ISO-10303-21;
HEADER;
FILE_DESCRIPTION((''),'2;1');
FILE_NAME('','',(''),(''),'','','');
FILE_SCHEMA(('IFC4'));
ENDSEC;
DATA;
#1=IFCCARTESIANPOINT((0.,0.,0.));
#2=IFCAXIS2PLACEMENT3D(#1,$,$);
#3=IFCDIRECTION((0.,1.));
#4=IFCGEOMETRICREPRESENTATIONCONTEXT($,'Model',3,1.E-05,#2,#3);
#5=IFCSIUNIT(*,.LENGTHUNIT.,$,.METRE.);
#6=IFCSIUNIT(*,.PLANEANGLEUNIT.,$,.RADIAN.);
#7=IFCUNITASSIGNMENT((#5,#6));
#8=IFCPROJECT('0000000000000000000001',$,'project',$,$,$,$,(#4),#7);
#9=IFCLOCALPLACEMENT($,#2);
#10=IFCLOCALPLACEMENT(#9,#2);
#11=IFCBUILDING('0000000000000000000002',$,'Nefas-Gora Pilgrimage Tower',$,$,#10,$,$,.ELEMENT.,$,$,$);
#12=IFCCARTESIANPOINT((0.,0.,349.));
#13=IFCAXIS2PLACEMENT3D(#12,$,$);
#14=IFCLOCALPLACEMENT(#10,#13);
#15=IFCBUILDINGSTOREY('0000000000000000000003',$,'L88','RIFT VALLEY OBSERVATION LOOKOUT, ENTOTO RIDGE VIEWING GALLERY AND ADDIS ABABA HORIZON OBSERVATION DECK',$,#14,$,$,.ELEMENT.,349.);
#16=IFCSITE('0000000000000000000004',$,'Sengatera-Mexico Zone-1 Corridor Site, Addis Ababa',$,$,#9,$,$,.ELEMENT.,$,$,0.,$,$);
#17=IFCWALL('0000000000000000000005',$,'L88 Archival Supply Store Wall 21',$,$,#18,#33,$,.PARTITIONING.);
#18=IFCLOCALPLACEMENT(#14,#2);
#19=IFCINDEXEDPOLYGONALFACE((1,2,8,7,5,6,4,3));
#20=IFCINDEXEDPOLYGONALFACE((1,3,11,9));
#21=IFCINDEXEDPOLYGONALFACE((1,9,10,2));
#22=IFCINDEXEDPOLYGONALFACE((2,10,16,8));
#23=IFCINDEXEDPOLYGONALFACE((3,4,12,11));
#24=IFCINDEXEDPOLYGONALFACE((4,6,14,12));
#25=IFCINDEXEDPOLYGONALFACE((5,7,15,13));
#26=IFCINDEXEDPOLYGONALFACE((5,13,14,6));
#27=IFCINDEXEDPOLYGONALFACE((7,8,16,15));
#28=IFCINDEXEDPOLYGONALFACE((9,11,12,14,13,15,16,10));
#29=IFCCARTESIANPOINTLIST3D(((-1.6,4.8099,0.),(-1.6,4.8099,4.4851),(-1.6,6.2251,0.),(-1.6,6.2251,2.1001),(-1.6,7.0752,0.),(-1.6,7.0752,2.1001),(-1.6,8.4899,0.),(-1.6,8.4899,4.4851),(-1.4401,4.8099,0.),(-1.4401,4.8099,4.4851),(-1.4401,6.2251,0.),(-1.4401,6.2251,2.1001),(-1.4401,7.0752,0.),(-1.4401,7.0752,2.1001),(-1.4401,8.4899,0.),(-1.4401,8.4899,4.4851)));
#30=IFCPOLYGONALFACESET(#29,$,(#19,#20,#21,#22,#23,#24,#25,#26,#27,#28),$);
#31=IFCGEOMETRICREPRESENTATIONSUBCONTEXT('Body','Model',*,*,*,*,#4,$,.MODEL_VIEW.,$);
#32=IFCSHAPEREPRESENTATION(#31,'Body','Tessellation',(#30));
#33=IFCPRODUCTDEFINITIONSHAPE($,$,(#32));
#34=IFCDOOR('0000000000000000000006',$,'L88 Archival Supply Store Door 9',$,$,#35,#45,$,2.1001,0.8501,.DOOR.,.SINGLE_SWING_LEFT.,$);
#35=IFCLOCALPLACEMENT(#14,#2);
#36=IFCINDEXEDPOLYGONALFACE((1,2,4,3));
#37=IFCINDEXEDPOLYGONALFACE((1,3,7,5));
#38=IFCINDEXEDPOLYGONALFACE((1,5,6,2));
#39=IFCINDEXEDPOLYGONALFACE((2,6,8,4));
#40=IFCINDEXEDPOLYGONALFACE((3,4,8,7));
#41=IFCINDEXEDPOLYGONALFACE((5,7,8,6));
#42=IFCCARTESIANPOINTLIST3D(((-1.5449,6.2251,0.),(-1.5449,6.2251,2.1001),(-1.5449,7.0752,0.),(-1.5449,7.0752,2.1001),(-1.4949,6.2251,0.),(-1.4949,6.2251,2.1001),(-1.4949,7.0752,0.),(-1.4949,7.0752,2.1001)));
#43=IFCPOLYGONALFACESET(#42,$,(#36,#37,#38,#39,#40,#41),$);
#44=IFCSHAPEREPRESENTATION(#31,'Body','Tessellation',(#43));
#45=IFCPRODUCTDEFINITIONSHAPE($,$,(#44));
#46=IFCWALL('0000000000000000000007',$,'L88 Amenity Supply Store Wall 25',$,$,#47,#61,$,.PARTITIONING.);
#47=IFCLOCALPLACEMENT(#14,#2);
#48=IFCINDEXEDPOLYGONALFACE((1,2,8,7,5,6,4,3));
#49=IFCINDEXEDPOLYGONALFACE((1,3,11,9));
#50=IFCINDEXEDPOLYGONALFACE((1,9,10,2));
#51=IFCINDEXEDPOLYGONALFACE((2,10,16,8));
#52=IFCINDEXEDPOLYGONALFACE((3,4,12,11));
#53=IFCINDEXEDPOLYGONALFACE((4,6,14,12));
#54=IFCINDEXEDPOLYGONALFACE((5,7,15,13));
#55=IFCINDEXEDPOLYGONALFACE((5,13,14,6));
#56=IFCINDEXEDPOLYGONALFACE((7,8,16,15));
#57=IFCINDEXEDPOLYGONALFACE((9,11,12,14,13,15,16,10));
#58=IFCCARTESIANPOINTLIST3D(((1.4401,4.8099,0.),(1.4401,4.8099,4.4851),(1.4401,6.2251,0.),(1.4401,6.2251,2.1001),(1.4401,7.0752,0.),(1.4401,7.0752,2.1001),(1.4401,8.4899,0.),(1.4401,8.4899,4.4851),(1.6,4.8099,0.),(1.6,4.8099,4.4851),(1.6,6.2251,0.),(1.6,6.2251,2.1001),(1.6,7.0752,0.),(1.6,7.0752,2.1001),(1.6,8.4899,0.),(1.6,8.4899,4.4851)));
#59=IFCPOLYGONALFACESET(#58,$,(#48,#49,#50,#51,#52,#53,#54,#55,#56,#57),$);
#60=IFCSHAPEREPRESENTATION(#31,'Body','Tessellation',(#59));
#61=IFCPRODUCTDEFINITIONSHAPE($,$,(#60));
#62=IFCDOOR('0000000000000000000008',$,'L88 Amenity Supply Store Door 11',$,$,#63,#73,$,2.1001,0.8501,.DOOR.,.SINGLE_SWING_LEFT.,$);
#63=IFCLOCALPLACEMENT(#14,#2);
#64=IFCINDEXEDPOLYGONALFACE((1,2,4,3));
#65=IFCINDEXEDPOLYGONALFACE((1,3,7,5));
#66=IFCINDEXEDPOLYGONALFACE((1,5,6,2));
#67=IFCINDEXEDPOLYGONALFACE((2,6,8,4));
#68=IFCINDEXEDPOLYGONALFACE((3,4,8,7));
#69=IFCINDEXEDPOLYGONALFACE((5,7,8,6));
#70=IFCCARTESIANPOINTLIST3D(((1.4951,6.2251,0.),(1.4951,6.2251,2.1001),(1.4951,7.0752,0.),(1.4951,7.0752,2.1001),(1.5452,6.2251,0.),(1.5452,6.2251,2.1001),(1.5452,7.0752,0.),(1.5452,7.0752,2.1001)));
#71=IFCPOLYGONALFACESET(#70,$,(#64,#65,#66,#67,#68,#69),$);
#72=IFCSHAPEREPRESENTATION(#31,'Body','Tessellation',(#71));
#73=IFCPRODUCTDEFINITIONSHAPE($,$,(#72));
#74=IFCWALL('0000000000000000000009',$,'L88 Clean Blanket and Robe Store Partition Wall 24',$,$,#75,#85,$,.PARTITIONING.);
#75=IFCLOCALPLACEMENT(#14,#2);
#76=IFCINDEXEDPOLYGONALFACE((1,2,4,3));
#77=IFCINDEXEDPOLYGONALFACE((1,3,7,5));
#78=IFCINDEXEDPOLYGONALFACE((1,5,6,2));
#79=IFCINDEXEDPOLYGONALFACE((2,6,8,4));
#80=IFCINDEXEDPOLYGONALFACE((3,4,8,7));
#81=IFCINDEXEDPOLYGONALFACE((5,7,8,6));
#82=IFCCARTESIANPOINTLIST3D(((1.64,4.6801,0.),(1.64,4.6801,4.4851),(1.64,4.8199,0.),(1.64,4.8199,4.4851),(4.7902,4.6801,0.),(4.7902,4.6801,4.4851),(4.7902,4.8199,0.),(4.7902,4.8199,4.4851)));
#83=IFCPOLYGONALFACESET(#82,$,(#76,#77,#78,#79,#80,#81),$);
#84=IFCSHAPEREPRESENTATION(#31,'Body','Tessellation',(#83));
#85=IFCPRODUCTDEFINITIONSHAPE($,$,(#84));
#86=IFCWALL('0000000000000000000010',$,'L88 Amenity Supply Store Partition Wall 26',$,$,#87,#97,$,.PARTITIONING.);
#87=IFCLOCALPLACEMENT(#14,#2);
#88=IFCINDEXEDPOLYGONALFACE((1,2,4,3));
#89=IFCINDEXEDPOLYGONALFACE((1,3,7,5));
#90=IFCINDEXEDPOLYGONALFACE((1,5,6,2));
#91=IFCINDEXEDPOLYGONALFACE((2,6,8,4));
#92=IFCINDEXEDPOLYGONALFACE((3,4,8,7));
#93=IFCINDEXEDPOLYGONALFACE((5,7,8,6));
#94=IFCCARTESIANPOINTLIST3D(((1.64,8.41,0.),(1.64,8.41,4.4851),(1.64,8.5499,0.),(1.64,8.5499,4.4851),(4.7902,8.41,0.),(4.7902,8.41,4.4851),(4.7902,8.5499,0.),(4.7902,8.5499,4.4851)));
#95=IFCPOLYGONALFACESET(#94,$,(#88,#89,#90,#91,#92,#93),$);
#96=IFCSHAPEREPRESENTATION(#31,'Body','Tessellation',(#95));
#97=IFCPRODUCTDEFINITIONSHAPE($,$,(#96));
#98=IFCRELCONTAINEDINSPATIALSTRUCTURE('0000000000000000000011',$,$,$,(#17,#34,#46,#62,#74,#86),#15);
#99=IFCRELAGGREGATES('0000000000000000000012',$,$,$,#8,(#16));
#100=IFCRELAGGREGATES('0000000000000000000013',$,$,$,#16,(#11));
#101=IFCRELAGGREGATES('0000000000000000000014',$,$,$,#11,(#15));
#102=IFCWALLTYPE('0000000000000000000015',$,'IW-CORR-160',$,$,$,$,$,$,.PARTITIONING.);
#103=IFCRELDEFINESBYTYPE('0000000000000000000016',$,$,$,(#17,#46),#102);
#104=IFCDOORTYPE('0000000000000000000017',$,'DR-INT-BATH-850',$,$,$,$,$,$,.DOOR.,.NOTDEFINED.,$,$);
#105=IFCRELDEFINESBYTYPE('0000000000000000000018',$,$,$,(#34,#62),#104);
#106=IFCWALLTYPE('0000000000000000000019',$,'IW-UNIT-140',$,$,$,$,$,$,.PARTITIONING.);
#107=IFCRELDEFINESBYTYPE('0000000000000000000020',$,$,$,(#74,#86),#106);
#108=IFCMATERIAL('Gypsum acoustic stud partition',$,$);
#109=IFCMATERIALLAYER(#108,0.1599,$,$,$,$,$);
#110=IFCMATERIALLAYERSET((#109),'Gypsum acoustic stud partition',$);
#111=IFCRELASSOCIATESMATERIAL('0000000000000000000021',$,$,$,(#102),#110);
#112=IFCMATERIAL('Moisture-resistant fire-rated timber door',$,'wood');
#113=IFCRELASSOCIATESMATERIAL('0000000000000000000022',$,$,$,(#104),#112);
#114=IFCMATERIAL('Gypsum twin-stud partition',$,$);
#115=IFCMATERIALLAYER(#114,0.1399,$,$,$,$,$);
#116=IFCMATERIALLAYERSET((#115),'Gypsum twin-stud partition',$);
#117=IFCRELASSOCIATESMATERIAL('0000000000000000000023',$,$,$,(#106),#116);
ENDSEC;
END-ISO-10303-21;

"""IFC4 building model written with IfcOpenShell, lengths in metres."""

from ifc_helpers import new_model, si_unit, direction, frame, frame_2d, origin, place, context, subcontext, project, spatial, rectangle, extrude, source, transform, mapped, material, layer, layer_set, type_object, element, fill, save


model = new_model("IFC4")

# Units and contexts
model_context = context("Model", 3, precision=1e-05, world=origin(), true_north=direction((0.0, 1.0)))
body_context = subcontext(model_context, "Body", "Model", "MODEL_VIEW")
ifc_project = project(units=[si_unit("LENGTHUNIT", "METRE"), si_unit("PLANEANGLEUNIT", "RADIAN")], contexts=[model_context])

# Site, building, storey
site_placement = place(None, origin())
site = spatial("IfcSite", under=ifc_project, at=site_placement, Name="Sengatera-Mexico Zone-1 Corridor Site, Addis Ababa", CompositionType="ELEMENT", RefElevation=0.0)
building_placement = place(site_placement, origin())
building = spatial("IfcBuilding", under=site, at=building_placement, Name="Nefas-Gora Pilgrimage Tower", CompositionType="ELEMENT")
storey_placement = place(building_placement, frame((0.0, 0.0, 349.0)))
storey = spatial("IfcBuildingStorey", under=building, at=storey_placement, Name="L88", Description="RIFT VALLEY OBSERVATION LOOKOUT, ENTOTO RIDGE VIEWING GALLERY AND ADDIS ABABA HORIZON OBSERVATION DECK", CompositionType="ELEMENT", Elevation=349.0)

# Walls, openings, doors
ifc_material_1 = material(Name="Gypsum acoustic stud partition")
ifc_layer_1 = layer(ifc_material_1, 0.1599)
ifc_layer_set_1 = layer_set([ifc_layer_1], Name="Gypsum acoustic stud partition")
wall_type_1 = type_object("IfcWallType", Name="IW-CORR-160", PredefinedType="PARTITIONING", material=ifc_layer_set_1)
shared_shape_1 = source(origin(), body_context, "Body", "SweptSolid", [
    extrude(rectangle(XDim=3.6799, YDim=0.1599, at=frame_2d((1.8398, 0.0))), origin(), (0.0, 0.0, 1.0), 4.4851),
])
wall_1_placement = place(storey_placement, frame((-1.52, 4.8101, 0.0), z_axis=(0.0, 0.0, 1.0), x_axis=(0.0, 1.0, 0.0)))
wall_1 = element("IfcWall", 1, at=wall_1_placement, inside=storey, type_object=wall_type_1, Name="L88 Archival Supply Store Wall 21", PredefinedType="PARTITIONING", context=body_context, shape_type="MappedRepresentation", body=[
    mapped(shared_shape_1, transform((0.0, 0.0, 0.0), x_axis=(1.0, 0.0, 0.0), y_axis=(0.0, 1.0, 0.0), z_axis=(0.0, 0.0, 1.0), scale=1.0)),
])
opening_1_placement = place(wall_1_placement, frame((1.415, 0.0, 0.0)))
opening_1 = element("IfcOpeningElement", 2, at=opening_1_placement, cuts=wall_1, PredefinedType="OPENING", context=body_context, shape_type="SweptSolid", body=[
    extrude(rectangle(XDim=0.8501, YDim=2.1001, at=frame_2d((0.425, 1.05))), frame((0.0, 0.0898, 0.0), z_axis=(0.0, -1.0, 0.0), x_axis=(1.0, 0.0, 0.0)), (0.0, 0.0, 1.0), 0.1799),
])
ifc_material_2 = material(Name="Moisture-resistant fire-rated timber door", Category="wood")
door_type_1 = type_object("IfcDoorType", Name="DR-INT-BATH-850", OperationType="NOTDEFINED", PredefinedType="DOOR", material=ifc_material_2)
shared_shape_2 = source(origin(), body_context, "Body", "SweptSolid", [
    extrude(rectangle(XDim=0.8501, YDim=2.1001, at=frame_2d((0.425, 1.05))), frame((0.0, 0.0249, 0.0), z_axis=(0.0, -1.0, 0.0), x_axis=(1.0, 0.0, 0.0)), (0.0, 0.0, 1.0), 0.05),
])
door_1_placement = place(opening_1_placement, origin())
door_1 = element("IfcDoor", 3, at=door_1_placement, inside=storey, type_object=door_type_1, Name="L88 Archival Supply Store Door 9", OperationType="SINGLE_SWING_LEFT", OverallHeight=2.1001, OverallWidth=0.8501, PredefinedType="DOOR", context=body_context, shape_type="MappedRepresentation", body=[
    mapped(shared_shape_2, transform((0.0, 0.0, 0.0), x_axis=(1.0, 0.0, 0.0), y_axis=(0.0, 1.0, 0.0), z_axis=(0.0, 0.0, 1.0), scale=1.0)),
])
fill(opening_1, door_1)
wall_2_placement = place(storey_placement, frame((1.52, 4.8101, 0.0), z_axis=(0.0, 0.0, 1.0), x_axis=(0.0, 1.0, 0.0)))
wall_2 = element("IfcWall", 4, at=wall_2_placement, inside=storey, type_object=wall_type_1, Name="L88 Amenity Supply Store Wall 25", PredefinedType="PARTITIONING", context=body_context, shape_type="MappedRepresentation", body=[
    mapped(shared_shape_1, transform((0.0, 0.0, 0.0), x_axis=(1.0, 0.0, 0.0), y_axis=(0.0, 1.0, 0.0), z_axis=(0.0, 0.0, 1.0), scale=1.0)),
])
opening_2_placement = place(wall_2_placement, frame((1.415, 0.0, 0.0)))
opening_2 = element("IfcOpeningElement", 5, at=opening_2_placement, cuts=wall_2, PredefinedType="OPENING", context=body_context, shape_type="SweptSolid", body=[
    extrude(rectangle(XDim=0.8501, YDim=2.1001, at=frame_2d((0.425, 1.05))), frame((0.0, 0.0898, 0.0), z_axis=(0.0, -1.0, 0.0), x_axis=(1.0, 0.0, 0.0)), (0.0, 0.0, 1.0), 0.1799),
])
door_2_placement = place(opening_2_placement, origin())
door_2 = element("IfcDoor", 6, at=door_2_placement, inside=storey, type_object=door_type_1, Name="L88 Amenity Supply Store Door 11", OperationType="SINGLE_SWING_LEFT", OverallHeight=2.1001, OverallWidth=0.8501, PredefinedType="DOOR", context=body_context, shape_type="MappedRepresentation", body=[
    mapped(shared_shape_2, transform((0.0, 0.0, 0.0), x_axis=(1.0, 0.0, 0.0), y_axis=(0.0, 1.0, 0.0), z_axis=(0.0, 0.0, 1.0), scale=1.0)),
])
fill(opening_2, door_2)

# Walls
ifc_material_3 = material(Name="Gypsum twin-stud partition")
ifc_layer_2 = layer(ifc_material_3, 0.1399)
ifc_layer_set_2 = layer_set([ifc_layer_2], Name="Gypsum twin-stud partition")
wall_type_2 = type_object("IfcWallType", Name="IW-UNIT-140", PredefinedType="PARTITIONING", material=ifc_layer_set_2)
shared_shape_3 = source(origin(), body_context, "Body", "SweptSolid", [
    extrude(rectangle(XDim=3.1501, YDim=0.1399, at=frame_2d((1.5752, 0.0))), origin(), (0.0, 0.0, 1.0), 4.4851),
])
for number, where, z_axis, x_axis, name in (
    (7, (1.6399, 4.75, 0.0), (0.0, 0.0, 1.0), (1.0, 0.0, 0.0), "L88 Clean Blanket and Robe Store Partition Wall 24"),
    (8, (1.6399, 8.48, 0.0), (0.0, 0.0, 1.0), (1.0, 0.0, 0.0), "L88 Amenity Supply Store Partition Wall 26"),
):
    element("IfcWall", number, at=place(storey_placement, frame(where, z_axis=z_axis, x_axis=x_axis)), inside=storey, type_object=wall_type_2, Name=name, PredefinedType="PARTITIONING", context=body_context, shape_type="MappedRepresentation", body=[
        mapped(shared_shape_3, transform((0.0, 0.0, 0.0), x_axis=(1.0, 0.0, 0.0), y_axis=(0.0, 1.0, 0.0), z_axis=(0.0, 0.0, 1.0), scale=1.0)),
    ])

save(model, "model.ifc")
